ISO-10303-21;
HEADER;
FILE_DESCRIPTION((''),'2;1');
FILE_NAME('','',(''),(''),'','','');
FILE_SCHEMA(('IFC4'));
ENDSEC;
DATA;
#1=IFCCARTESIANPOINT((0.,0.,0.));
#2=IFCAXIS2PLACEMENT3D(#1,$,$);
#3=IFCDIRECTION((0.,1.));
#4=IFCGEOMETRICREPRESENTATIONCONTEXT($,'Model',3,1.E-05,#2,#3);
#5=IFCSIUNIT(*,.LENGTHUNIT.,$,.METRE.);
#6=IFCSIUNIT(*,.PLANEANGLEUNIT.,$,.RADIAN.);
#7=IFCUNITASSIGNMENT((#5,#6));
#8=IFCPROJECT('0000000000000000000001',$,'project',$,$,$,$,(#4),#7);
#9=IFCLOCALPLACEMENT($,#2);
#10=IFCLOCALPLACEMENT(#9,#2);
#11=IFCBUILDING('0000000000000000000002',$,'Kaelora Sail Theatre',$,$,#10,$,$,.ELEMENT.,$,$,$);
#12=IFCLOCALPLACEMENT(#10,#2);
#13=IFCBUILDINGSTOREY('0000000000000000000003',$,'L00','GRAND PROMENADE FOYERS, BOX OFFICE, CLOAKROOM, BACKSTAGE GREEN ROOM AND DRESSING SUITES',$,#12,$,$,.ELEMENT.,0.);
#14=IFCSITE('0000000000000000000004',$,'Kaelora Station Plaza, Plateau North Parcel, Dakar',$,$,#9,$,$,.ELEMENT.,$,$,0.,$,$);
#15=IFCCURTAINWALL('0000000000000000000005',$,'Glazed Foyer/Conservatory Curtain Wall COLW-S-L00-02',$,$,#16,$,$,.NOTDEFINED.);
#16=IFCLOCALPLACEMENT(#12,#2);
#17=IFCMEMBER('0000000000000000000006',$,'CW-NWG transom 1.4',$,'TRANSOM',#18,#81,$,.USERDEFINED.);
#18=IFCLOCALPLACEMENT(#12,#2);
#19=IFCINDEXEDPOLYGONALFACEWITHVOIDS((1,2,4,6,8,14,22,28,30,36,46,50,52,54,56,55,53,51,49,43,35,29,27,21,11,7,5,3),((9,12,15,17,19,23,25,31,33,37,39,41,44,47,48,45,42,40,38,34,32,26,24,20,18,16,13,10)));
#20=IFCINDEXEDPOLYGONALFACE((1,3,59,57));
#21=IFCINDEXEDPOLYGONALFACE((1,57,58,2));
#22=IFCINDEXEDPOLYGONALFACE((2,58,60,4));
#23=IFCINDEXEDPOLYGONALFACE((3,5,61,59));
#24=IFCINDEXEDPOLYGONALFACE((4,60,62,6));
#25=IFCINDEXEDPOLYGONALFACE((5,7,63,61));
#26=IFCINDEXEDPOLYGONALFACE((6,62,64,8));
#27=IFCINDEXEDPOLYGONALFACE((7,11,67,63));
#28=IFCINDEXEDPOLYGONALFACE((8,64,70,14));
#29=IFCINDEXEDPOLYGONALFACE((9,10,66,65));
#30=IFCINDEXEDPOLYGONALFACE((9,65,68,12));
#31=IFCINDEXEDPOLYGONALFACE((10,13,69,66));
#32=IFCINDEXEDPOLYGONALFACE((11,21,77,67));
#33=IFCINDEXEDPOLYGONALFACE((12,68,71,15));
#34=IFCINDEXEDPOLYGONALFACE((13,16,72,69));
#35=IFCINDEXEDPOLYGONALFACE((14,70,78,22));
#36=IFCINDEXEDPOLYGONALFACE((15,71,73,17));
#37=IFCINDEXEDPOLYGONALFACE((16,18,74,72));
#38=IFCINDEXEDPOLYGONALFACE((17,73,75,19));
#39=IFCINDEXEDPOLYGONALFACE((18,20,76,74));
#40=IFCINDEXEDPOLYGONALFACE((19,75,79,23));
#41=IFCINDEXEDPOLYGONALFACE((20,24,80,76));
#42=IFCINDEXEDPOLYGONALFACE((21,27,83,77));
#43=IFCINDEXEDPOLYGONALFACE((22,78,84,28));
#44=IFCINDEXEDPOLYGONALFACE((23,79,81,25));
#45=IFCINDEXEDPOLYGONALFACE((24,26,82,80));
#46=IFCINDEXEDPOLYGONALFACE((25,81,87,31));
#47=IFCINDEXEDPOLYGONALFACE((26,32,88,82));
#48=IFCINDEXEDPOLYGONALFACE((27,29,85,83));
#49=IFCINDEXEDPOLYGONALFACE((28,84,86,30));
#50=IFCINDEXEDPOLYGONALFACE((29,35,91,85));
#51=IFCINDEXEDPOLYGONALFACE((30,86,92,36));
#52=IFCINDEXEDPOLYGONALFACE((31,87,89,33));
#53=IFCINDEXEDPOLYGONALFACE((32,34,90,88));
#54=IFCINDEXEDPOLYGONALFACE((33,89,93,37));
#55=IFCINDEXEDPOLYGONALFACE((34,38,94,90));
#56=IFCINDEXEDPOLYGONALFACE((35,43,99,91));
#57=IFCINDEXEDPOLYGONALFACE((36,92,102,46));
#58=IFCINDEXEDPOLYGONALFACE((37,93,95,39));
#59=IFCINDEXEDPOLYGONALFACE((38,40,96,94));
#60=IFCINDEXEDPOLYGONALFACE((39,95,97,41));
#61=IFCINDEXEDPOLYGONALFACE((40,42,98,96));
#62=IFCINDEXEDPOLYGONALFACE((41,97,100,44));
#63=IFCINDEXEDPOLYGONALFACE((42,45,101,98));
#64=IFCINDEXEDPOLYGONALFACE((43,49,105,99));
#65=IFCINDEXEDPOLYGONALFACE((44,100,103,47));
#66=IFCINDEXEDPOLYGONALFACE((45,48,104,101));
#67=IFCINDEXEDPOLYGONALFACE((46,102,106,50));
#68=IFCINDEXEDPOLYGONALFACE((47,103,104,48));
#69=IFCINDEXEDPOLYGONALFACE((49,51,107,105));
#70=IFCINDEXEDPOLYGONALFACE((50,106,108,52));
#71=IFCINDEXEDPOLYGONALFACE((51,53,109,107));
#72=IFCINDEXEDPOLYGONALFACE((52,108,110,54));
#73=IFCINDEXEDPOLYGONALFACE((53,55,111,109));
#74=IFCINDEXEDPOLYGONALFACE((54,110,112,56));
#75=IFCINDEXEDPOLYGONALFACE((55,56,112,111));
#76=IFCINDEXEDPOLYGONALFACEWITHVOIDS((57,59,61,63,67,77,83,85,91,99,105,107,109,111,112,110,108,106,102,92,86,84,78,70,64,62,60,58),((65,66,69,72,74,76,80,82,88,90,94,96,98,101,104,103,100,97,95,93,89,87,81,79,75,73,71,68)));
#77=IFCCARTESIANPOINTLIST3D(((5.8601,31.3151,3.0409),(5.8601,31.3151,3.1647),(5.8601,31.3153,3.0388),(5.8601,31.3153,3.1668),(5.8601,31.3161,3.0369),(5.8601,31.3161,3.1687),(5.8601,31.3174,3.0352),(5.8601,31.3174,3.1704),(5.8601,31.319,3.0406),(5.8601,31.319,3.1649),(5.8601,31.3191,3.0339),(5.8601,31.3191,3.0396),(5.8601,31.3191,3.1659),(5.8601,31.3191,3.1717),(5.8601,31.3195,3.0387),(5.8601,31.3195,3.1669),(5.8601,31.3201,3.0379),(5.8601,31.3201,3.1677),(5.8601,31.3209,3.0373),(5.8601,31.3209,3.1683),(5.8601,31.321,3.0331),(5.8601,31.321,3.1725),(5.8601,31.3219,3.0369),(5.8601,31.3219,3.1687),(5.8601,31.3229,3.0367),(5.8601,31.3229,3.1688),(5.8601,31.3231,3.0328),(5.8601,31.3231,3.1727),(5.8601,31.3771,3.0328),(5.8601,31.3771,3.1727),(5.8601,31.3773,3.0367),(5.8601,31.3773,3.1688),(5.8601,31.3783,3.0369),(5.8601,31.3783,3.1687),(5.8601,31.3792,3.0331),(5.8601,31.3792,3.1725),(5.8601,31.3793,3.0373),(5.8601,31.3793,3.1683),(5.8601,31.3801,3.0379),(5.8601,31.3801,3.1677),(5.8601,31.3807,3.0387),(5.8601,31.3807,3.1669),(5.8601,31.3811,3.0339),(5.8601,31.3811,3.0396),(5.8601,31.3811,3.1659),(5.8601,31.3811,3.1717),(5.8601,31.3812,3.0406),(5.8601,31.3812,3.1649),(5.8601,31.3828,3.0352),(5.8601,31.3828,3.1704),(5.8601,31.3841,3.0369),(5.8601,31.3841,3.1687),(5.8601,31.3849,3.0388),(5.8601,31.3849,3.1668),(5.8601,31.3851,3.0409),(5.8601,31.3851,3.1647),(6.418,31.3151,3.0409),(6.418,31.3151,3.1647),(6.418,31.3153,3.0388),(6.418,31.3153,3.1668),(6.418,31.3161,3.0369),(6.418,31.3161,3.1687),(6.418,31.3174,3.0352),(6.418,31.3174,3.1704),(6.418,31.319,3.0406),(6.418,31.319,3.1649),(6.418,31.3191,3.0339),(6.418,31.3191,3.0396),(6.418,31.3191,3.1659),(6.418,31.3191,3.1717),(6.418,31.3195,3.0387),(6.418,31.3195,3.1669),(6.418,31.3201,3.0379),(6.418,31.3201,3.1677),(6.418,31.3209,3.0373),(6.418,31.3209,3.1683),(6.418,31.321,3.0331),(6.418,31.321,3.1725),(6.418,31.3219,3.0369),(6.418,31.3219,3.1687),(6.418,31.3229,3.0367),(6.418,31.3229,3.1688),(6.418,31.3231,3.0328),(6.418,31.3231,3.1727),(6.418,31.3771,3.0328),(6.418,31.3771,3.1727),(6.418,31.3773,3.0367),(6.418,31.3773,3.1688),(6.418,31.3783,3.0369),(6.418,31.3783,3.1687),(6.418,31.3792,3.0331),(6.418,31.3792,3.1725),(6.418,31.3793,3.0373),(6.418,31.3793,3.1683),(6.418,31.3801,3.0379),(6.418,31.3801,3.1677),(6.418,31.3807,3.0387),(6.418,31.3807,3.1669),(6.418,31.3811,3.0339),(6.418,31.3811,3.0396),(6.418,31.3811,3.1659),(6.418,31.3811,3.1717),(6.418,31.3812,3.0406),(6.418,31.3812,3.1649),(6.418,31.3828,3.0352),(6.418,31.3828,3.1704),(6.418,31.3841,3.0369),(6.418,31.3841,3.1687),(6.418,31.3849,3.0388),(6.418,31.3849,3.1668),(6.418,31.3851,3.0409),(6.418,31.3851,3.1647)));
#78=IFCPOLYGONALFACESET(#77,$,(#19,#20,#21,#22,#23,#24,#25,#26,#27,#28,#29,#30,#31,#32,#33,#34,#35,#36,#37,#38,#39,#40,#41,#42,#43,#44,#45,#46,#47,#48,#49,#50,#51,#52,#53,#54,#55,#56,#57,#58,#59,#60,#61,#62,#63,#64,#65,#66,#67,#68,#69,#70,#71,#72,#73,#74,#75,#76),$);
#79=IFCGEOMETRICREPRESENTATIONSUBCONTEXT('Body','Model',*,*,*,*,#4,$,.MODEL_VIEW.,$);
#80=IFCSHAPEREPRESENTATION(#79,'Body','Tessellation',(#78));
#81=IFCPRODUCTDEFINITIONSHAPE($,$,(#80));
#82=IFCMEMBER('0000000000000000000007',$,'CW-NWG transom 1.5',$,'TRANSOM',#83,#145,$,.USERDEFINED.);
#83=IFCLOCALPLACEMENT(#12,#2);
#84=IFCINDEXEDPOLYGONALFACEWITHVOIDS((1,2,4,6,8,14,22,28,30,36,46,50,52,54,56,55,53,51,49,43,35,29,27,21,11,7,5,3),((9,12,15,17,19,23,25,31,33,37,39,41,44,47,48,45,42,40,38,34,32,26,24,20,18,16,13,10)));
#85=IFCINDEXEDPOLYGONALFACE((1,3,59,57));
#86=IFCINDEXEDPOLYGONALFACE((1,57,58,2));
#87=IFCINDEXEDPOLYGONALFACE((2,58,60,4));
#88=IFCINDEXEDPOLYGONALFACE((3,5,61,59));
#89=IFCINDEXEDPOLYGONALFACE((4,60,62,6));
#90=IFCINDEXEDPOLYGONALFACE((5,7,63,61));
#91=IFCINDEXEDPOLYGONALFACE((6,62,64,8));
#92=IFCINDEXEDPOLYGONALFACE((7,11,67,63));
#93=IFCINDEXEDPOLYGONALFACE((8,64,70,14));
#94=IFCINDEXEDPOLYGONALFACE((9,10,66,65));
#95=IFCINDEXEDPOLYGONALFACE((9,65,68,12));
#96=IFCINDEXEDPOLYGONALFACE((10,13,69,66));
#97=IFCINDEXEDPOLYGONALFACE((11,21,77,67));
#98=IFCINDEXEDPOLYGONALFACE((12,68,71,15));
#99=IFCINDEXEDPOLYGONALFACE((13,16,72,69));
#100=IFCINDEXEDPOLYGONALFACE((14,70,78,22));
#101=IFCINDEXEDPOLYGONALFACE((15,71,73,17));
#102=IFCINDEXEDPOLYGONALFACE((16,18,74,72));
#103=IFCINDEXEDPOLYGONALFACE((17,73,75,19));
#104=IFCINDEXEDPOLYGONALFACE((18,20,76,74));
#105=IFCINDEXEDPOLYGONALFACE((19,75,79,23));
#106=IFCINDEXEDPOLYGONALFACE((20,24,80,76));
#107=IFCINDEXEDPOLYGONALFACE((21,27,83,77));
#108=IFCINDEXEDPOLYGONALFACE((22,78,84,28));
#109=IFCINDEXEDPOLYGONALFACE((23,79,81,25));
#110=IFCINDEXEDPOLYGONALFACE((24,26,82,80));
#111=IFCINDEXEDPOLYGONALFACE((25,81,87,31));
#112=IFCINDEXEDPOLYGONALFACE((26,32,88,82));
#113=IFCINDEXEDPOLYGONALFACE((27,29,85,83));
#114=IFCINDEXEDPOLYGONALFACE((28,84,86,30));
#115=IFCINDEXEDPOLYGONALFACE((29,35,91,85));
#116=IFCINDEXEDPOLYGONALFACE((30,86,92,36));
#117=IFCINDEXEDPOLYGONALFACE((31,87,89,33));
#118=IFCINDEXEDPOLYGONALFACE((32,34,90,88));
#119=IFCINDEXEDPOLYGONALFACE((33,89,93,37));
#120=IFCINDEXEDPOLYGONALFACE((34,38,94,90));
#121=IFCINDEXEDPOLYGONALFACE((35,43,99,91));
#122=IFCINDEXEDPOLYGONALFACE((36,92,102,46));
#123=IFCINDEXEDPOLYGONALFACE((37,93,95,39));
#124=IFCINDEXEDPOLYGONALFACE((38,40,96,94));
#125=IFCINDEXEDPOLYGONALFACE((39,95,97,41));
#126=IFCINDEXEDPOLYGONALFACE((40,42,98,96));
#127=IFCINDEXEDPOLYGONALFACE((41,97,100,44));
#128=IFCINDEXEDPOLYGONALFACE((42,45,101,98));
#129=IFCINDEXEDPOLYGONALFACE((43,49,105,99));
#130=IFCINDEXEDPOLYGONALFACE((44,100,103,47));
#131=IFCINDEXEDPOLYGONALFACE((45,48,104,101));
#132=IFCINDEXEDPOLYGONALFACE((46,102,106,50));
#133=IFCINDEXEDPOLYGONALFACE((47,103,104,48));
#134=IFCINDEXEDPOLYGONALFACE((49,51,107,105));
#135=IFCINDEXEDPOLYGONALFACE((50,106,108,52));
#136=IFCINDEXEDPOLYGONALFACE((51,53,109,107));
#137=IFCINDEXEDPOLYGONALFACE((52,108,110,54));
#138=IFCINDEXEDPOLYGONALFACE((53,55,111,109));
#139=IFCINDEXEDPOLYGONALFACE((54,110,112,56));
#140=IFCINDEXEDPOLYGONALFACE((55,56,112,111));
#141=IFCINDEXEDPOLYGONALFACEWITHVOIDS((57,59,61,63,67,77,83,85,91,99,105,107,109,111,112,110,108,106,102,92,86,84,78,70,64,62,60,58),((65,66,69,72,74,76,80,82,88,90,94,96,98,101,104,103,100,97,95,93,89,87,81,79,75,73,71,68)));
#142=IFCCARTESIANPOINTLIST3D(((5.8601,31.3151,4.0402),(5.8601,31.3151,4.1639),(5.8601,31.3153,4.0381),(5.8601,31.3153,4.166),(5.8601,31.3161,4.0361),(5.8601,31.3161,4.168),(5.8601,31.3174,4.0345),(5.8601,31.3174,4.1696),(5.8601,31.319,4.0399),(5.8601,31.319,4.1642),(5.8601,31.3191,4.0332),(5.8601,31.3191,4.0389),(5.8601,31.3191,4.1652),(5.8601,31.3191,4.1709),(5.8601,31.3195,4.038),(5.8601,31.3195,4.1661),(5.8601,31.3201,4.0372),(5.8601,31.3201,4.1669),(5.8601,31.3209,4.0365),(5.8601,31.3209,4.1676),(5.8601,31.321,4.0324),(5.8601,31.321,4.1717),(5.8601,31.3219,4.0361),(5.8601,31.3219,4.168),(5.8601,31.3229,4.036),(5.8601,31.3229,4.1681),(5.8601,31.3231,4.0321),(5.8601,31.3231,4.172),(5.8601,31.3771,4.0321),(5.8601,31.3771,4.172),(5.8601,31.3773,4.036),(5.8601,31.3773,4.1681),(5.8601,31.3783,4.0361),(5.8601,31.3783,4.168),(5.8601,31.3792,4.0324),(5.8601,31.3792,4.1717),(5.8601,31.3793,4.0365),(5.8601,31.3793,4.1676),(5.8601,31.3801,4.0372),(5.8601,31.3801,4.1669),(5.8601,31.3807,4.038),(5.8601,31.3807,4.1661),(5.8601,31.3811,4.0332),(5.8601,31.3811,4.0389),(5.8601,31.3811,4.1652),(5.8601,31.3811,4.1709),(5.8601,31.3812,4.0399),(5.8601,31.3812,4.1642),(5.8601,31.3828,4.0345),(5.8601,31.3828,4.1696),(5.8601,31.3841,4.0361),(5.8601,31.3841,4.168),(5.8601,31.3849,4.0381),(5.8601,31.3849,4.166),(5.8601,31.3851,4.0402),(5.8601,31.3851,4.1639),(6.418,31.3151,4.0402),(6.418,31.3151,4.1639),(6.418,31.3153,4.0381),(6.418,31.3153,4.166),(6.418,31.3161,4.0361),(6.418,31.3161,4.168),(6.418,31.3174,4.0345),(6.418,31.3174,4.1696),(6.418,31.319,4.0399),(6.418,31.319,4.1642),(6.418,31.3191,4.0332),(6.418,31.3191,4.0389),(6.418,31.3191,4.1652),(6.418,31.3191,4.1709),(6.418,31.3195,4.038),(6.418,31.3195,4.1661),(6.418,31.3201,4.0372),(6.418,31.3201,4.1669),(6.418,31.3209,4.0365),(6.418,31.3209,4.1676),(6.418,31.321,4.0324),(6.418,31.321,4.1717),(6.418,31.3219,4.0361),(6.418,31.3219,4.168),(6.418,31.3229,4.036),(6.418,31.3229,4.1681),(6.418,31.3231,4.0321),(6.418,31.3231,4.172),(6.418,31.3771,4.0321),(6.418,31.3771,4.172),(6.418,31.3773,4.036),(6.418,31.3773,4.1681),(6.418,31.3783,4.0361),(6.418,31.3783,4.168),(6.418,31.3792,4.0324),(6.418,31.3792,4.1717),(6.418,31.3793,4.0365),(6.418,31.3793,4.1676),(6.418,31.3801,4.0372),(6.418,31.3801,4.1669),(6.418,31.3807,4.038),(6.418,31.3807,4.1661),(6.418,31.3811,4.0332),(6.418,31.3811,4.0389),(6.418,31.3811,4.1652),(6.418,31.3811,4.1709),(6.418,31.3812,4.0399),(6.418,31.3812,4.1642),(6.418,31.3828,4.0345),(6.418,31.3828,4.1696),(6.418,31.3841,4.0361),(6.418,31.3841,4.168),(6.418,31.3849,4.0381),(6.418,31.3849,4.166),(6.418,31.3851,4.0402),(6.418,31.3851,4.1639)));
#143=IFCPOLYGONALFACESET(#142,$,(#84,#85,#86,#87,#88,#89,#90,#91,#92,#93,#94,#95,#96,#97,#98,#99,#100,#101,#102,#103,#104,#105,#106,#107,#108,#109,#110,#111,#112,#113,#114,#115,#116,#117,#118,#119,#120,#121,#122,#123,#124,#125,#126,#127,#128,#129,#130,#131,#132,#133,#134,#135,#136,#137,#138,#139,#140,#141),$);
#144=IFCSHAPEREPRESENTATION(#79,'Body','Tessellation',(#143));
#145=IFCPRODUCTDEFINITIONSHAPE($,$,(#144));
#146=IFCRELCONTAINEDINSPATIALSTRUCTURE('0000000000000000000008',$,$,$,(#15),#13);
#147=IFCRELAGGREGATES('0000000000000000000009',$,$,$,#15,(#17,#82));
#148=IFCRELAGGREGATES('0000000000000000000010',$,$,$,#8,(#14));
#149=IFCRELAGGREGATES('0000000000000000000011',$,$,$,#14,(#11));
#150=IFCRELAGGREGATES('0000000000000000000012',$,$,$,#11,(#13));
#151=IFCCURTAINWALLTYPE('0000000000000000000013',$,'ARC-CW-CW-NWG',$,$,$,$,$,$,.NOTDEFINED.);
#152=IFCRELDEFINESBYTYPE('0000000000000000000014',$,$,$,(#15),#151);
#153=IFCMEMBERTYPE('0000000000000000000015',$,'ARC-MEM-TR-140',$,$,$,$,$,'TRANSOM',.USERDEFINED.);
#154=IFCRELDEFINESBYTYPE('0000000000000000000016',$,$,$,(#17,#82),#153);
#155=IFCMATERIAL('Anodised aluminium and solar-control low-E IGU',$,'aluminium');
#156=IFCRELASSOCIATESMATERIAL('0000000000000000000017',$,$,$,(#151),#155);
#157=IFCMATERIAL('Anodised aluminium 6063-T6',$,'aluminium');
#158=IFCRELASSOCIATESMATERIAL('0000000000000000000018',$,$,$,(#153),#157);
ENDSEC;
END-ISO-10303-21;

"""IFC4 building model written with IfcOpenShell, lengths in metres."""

from ifc_helpers import new_model, si_unit, direction, frame, origin, origin_2d, place, context, subcontext, project, spatial, hollow_rectangle, extrude, material, material_profile, profile_set, type_object, element, aggregate, save


model = new_model("IFC4")

# Units and contexts
model_context = context("Model", 3, precision=1e-05, world=origin(), true_north=direction((0.0, 1.0)))
body_context = subcontext(model_context, "Body", "Model", "MODEL_VIEW")
ifc_project = project(units=[si_unit("LENGTHUNIT", "METRE"), si_unit("PLANEANGLEUNIT", "RADIAN")], contexts=[model_context])

# Site, building, storey
site_placement = place(None, origin())
site = spatial("IfcSite", under=ifc_project, at=site_placement, Name="Kaelora Station Plaza, Plateau North Parcel, Dakar", CompositionType="ELEMENT", RefElevation=0.0)
building_placement = place(site_placement, origin())
building = spatial("IfcBuilding", under=site, at=building_placement, Name="Kaelora Sail Theatre", CompositionType="ELEMENT")
storey_placement = place(building_placement, origin())
storey = spatial("IfcBuildingStorey", under=building, at=storey_placement, Name="L00", Description="GRAND PROMENADE FOYERS, BOX OFFICE, CLOAKROOM, BACKSTAGE GREEN ROOM AND DRESSING SUITES", CompositionType="ELEMENT", Elevation=0.0)

# Curtain wall, members
ifc_material_1 = material(Name="Anodised aluminium and solar-control low-E IGU", Category="aluminium")
curtain_wall_type = type_object("IfcCurtainWallType", Name="ARC-CW-CW-NWG", PredefinedType="NOTDEFINED", material=ifc_material_1)
ifc_material_2 = material(Name="Anodised aluminium 6063-T6", Category="aluminium")
ifc_material_profile = material_profile(ifc_material_2, hollow_rectangle(XDim=0.0701, YDim=0.1399, WallThickness=0.0039, InnerFilletRadius=0.0039, OuterFilletRadius=0.0081, at=origin_2d()), Name="ALU-TRAN 70x140x4")
ifc_profile_set = profile_set([ifc_material_profile], Name="Anodised aluminium 6063-T6")
member_type = type_object("IfcMemberType", Name="ARC-MEM-TR-140", ElementType="TRANSOM", PredefinedType="USERDEFINED", material=ifc_profile_set)
curtain_wall_1_placement = place(storey_placement, origin())
curtain_wall_1 = element("IfcCurtainWall", 1, at=curtain_wall_1_placement, inside=storey, type_object=curtain_wall_type, Name="Glazed Foyer/Conservatory Curtain Wall COLW-S-L00-02", PredefinedType="NOTDEFINED")
member_1_placement = place(storey_placement, frame((5.8601, 31.3501, 3.1028), z_axis=(1.0, 0.0, 0.0), x_axis=(0.0, 1.0, 0.0)))
member_1 = element("IfcMember", 2, at=member_1_placement, type_object=member_type, Name="CW-NWG transom 1.4", ObjectType="TRANSOM", PredefinedType="USERDEFINED", context=body_context, shape_type="SweptSolid", body=[
    extrude(hollow_rectangle(XDim=0.0701, YDim=0.1399, WallThickness=0.0039, InnerFilletRadius=0.0039, OuterFilletRadius=0.0081, at=origin_2d()), origin(), (0.0, 0.0, 1.0), 0.5579),
])
member_2_placement = place(storey_placement, frame((5.8601, 31.3501, 4.1021), z_axis=(1.0, 0.0, 0.0), x_axis=(0.0, 1.0, 0.0)))
member_2 = element("IfcMember", 3, at=member_2_placement, type_object=member_type, Name="CW-NWG transom 1.5", ObjectType="TRANSOM", PredefinedType="USERDEFINED", context=body_context, shape_type="SweptSolid", body=[
    extrude(hollow_rectangle(XDim=0.0701, YDim=0.1399, WallThickness=0.0039, InnerFilletRadius=0.0039, OuterFilletRadius=0.0081, at=origin_2d()), origin(), (0.0, 0.0, 1.0), 0.5579),
])

aggregate(curtain_wall_1, [member_1, member_2])

save(model, "model.ifc")
